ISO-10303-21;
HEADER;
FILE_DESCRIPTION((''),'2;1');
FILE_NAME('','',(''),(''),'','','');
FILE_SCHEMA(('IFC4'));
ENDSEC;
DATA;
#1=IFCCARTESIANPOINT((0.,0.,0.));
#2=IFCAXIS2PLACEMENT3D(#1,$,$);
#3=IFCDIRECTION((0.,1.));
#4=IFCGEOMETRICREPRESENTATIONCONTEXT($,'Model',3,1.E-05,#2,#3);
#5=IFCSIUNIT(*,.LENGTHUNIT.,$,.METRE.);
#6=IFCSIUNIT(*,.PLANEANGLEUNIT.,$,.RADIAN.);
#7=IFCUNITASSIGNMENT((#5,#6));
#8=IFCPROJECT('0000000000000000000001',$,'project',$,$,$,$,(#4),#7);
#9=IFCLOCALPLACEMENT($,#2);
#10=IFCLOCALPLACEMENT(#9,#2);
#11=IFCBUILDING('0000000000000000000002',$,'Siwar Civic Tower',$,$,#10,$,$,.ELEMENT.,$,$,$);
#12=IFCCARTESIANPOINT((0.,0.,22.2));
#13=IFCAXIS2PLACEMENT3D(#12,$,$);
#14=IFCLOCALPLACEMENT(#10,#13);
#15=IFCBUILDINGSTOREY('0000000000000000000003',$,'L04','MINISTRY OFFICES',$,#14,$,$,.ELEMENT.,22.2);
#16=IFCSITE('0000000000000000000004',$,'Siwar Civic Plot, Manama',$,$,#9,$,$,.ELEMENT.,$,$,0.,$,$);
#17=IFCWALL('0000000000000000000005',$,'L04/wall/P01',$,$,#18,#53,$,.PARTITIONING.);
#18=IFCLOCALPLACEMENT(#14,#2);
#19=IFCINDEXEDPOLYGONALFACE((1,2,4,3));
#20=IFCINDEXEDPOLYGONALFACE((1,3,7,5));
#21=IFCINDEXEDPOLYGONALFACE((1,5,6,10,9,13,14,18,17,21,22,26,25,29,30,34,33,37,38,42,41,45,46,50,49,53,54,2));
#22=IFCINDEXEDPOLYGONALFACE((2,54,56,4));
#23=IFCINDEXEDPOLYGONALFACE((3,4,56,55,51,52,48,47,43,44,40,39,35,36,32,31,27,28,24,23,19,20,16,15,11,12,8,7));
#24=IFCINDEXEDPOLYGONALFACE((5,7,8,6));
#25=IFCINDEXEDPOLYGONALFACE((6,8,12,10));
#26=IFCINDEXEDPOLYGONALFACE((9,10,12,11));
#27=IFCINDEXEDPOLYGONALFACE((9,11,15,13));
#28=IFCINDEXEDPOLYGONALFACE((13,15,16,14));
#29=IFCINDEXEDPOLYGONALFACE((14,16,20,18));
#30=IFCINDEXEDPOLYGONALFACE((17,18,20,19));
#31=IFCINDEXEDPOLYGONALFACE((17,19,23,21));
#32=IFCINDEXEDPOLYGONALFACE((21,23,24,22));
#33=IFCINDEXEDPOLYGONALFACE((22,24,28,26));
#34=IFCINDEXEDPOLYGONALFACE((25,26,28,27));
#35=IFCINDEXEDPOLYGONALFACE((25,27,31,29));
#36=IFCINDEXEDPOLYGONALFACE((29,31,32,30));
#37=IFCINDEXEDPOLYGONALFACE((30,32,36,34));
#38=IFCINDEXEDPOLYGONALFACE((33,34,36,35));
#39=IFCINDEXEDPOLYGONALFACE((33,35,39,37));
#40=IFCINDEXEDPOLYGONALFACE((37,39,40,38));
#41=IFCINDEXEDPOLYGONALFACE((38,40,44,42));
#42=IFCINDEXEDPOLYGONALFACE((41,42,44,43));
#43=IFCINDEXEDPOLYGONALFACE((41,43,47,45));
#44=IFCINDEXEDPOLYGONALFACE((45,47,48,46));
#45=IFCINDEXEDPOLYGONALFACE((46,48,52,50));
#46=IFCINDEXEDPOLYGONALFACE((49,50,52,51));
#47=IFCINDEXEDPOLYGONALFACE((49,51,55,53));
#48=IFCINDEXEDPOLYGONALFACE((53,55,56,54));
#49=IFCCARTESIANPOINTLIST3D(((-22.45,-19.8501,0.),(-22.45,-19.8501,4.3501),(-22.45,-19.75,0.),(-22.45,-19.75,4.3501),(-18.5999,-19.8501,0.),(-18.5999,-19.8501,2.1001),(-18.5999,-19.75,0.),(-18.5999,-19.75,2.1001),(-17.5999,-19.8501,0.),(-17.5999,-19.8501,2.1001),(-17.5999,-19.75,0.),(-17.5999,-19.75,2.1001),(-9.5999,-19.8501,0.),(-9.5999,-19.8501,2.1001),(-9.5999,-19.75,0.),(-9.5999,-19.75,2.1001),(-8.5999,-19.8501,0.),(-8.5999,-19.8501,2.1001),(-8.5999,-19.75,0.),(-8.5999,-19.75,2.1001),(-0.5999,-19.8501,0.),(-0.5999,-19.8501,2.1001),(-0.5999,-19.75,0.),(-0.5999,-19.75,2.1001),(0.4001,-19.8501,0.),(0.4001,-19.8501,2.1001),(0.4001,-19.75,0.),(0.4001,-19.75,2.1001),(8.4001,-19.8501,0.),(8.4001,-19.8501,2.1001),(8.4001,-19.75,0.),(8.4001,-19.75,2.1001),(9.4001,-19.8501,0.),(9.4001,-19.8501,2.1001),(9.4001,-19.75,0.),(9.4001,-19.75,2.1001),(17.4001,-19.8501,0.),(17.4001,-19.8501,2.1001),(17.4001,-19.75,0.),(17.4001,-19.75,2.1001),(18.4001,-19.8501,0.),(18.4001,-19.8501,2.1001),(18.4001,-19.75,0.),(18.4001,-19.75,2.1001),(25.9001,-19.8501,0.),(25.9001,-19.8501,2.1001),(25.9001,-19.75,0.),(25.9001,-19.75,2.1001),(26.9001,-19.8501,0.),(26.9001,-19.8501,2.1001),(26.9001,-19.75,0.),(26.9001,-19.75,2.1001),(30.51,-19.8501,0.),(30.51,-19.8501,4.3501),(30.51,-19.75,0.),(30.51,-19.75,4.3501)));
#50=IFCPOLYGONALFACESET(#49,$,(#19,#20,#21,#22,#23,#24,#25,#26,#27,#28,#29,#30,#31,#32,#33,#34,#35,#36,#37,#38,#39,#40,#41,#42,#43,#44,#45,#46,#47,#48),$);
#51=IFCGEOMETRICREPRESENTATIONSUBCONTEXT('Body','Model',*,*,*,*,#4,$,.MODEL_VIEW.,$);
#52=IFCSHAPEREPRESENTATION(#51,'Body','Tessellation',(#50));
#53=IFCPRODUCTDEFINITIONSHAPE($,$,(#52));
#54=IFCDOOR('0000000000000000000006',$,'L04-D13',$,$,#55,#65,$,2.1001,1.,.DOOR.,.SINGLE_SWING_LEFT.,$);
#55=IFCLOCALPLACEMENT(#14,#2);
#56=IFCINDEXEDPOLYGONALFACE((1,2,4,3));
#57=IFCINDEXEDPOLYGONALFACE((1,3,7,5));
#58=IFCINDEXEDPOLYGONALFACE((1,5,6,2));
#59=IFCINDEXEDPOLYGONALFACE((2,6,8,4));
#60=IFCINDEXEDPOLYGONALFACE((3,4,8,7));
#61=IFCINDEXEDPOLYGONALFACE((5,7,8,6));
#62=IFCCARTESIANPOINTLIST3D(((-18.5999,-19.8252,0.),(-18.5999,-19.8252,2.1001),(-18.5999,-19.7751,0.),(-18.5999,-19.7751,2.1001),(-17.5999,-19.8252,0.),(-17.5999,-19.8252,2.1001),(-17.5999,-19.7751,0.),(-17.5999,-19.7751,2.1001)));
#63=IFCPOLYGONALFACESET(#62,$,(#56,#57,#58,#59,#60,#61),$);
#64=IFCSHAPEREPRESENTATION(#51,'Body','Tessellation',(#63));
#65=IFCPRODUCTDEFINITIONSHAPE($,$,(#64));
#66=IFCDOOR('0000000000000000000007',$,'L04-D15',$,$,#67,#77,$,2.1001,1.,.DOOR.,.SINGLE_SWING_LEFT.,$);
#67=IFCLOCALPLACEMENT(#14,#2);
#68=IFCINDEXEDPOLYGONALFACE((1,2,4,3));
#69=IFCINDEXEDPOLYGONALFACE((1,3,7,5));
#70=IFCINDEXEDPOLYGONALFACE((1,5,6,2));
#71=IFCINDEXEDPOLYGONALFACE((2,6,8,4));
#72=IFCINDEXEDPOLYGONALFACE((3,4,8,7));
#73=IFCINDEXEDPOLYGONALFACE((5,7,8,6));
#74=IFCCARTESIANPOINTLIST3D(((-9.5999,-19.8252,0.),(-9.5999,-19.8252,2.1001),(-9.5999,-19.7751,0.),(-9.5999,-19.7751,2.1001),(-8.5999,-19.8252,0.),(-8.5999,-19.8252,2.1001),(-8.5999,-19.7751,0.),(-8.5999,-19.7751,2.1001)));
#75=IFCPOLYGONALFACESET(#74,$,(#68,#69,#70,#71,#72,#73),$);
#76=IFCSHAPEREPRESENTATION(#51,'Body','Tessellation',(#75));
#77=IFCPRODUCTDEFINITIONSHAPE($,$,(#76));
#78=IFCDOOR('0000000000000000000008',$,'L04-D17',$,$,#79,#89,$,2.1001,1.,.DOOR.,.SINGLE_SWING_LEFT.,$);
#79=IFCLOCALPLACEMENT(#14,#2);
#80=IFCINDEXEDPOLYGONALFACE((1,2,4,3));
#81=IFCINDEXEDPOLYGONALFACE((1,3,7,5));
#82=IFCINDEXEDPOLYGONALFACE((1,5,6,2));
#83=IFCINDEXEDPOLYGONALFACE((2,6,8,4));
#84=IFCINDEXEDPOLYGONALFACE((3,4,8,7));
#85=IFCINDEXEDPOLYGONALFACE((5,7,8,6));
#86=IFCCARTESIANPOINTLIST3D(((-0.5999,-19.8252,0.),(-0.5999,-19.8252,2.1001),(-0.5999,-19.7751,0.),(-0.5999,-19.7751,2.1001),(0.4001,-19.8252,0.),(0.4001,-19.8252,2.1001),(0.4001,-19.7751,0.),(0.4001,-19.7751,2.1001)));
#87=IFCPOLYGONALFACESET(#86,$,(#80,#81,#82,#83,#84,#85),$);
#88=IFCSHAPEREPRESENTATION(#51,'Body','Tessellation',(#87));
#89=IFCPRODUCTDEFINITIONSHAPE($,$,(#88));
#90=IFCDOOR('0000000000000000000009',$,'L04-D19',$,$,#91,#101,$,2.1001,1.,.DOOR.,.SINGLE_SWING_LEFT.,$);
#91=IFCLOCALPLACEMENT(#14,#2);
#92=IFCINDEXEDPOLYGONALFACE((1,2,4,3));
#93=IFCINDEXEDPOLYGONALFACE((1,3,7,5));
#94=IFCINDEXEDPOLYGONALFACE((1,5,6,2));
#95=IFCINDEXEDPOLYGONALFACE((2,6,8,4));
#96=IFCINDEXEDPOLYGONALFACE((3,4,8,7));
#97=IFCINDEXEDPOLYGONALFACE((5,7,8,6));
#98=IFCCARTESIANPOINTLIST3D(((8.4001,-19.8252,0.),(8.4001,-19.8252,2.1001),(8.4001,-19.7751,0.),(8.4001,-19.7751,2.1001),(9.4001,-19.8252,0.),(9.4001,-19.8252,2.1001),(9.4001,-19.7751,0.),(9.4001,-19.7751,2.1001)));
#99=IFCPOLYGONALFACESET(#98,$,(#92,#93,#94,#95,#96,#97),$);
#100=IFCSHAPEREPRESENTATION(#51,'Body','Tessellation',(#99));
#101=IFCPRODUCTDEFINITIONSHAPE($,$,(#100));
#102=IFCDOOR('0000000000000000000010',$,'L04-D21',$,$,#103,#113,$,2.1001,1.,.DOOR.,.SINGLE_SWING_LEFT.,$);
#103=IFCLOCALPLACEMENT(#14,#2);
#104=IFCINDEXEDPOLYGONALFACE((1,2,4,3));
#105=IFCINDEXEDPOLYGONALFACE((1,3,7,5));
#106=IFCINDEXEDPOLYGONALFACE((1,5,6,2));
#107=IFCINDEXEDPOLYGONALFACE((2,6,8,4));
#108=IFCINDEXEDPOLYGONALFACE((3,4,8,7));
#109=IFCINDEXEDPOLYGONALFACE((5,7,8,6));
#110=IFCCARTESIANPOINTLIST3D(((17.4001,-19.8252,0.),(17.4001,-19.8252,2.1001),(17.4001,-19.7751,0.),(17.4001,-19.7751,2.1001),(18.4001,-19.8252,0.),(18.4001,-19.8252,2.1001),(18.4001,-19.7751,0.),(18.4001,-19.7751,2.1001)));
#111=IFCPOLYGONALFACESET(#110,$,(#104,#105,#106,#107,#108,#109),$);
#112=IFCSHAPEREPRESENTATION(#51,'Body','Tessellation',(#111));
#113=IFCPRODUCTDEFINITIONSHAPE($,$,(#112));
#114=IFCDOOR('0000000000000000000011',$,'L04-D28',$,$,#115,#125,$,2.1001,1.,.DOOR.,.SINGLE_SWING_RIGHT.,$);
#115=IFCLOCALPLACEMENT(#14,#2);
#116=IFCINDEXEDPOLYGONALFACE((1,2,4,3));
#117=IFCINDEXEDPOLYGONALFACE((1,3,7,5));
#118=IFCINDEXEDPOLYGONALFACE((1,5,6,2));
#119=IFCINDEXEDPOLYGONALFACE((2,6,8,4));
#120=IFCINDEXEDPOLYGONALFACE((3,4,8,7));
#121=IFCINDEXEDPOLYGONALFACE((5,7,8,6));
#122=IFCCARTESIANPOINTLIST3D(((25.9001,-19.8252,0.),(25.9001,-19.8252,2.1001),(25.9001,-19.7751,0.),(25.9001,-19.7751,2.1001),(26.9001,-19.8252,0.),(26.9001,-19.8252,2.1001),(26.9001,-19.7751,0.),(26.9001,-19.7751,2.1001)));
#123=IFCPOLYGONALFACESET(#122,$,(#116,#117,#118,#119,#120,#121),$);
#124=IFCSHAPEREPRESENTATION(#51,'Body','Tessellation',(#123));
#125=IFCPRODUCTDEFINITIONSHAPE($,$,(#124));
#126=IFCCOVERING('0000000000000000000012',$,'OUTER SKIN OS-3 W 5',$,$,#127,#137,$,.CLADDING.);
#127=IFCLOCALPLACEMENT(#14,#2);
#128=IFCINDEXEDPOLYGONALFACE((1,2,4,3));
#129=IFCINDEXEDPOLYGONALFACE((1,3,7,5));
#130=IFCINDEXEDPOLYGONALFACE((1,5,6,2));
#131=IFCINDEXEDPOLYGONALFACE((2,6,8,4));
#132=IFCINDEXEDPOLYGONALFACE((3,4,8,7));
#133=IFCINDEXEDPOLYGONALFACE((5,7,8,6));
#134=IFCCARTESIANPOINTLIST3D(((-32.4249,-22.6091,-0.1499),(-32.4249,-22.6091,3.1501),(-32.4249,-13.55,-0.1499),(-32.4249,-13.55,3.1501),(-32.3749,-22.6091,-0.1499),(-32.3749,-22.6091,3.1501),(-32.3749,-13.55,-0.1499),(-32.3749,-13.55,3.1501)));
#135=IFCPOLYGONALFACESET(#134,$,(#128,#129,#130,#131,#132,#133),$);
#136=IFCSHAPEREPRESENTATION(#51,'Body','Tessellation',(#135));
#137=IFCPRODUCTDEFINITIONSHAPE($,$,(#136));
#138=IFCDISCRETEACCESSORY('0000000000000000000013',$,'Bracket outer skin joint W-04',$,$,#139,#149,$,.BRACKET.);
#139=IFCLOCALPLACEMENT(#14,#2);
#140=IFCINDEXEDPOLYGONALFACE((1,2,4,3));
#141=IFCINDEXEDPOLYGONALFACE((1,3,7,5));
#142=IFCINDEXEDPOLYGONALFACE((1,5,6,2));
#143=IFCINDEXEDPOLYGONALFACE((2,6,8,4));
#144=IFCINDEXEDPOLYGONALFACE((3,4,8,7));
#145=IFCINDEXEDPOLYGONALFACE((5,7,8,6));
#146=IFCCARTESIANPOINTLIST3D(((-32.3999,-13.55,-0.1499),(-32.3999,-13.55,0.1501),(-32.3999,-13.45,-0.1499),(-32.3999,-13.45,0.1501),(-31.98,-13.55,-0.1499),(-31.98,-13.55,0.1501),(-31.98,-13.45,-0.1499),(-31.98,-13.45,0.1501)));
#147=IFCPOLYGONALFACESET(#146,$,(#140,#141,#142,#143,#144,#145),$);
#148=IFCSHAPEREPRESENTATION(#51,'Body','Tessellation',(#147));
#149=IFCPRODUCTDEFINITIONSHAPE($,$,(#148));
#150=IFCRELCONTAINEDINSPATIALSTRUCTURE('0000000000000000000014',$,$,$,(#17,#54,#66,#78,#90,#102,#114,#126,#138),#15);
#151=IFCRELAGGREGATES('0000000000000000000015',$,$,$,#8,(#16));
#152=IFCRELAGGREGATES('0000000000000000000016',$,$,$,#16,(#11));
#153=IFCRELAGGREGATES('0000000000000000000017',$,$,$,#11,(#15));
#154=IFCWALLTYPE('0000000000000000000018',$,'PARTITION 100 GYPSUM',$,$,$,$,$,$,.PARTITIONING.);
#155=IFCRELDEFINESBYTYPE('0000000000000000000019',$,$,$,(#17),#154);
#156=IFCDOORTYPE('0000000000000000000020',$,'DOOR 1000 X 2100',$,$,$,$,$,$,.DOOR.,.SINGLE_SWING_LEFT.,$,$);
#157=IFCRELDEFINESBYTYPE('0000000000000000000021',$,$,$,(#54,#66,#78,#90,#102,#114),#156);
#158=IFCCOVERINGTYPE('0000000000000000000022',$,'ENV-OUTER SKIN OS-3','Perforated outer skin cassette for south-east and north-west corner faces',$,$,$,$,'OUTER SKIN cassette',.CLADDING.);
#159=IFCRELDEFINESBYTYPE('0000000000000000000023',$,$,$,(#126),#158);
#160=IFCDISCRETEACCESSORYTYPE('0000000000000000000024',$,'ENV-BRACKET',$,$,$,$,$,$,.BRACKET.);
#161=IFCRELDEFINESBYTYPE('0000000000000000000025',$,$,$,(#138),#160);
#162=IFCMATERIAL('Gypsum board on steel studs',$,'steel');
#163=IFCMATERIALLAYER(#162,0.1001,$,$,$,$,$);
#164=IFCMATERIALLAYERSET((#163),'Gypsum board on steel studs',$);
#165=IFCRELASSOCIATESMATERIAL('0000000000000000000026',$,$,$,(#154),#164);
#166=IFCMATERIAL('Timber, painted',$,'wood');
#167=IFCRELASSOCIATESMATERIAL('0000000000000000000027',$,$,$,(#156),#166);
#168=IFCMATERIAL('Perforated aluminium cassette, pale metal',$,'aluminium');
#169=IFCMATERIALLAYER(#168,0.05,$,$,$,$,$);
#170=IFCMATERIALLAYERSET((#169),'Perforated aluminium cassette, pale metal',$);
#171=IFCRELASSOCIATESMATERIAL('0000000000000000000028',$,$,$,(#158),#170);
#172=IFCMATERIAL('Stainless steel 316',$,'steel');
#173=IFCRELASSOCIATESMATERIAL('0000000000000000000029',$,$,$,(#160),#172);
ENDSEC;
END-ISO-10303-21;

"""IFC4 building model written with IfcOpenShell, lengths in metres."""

from ifc_helpers import new_model, si_unit, direction, frame, frame_2d, origin, origin_2d, place, context, subcontext, project, spatial, rectangle, extrude, material, layer, layer_set, type_object, element, fill, save


model = new_model("IFC4")

# Units and contexts
model_context = context("Model", 3, precision=1e-05, world=origin(), true_north=direction((0.0, 1.0)))
body_context = subcontext(model_context, "Body", "Model", "MODEL_VIEW")
ifc_project = project(units=[si_unit("LENGTHUNIT", "METRE"), si_unit("PLANEANGLEUNIT", "RADIAN")], contexts=[model_context])

# Site, building, storey
site_placement = place(None, origin())
site = spatial("IfcSite", under=ifc_project, at=site_placement, Name="Siwar Civic Plot, Manama", CompositionType="ELEMENT", RefElevation=0.0)
building_placement = place(site_placement, origin())
building = spatial("IfcBuilding", under=site, at=building_placement, Name="Siwar Civic Tower", CompositionType="ELEMENT")
storey_placement = place(building_placement, frame((0.0, 0.0, 22.2)))
storey = spatial("IfcBuildingStorey", under=building, at=storey_placement, Name="L04", Description="MINISTRY OFFICES", CompositionType="ELEMENT", Elevation=22.2)

# Wall, openings, doors
ifc_material_1 = material(Name="Gypsum board on steel studs", Category="steel")
ifc_layer_1 = layer(ifc_material_1, 0.1001)
ifc_layer_set_1 = layer_set([ifc_layer_1], Name="Gypsum board on steel studs")
wall_type_1 = type_object("IfcWallType", Name="PARTITION 100 GYPSUM", PredefinedType="PARTITIONING", material=ifc_layer_set_1)
wall_1_placement = place(storey_placement, frame((-22.45, -19.8, 0.0), z_axis=(0.0, 0.0, 1.0), x_axis=(1.0, 0.0, 0.0)))
wall_1 = element("IfcWall", 1, at=wall_1_placement, inside=storey, type_object=wall_type_1, Name="L04/wall/P01", PredefinedType="PARTITIONING", context=body_context, shape_type="SweptSolid", body=[
    extrude(rectangle(XDim=52.96, YDim=0.1001, at=frame_2d((26.48, 0.0))), origin(), (0.0, 0.0, 1.0), 4.3501),
])
opening_1_placement = place(wall_1_placement, frame((3.8501, 0.0, 0.0)))
opening_1 = element("IfcOpeningElement", 2, at=opening_1_placement, cuts=wall_1, PredefinedType="OPENING", context=body_context, shape_type="SweptSolid", body=[
    extrude(rectangle(XDim=1.0, YDim=2.1001, at=frame_2d((0.5, 1.05))), frame((0.0, 0.0601, 0.0), z_axis=(0.0, -1.0, 0.0), x_axis=(1.0, 0.0, 0.0)), (0.0, 0.0, 1.0), 0.1201),
])
opening_2_placement = place(wall_1_placement, frame((12.8501, 0.0, 0.0)))
opening_2 = element("IfcOpeningElement", 3, at=opening_2_placement, cuts=wall_1, PredefinedType="OPENING", context=body_context, shape_type="SweptSolid", body=[
    extrude(rectangle(XDim=1.0, YDim=2.1001, at=frame_2d((0.5, 1.05))), frame((0.0, 0.0601, 0.0), z_axis=(0.0, -1.0, 0.0), x_axis=(1.0, 0.0, 0.0)), (0.0, 0.0, 1.0), 0.1201),
])
opening_3_placement = place(wall_1_placement, frame((21.8501, 0.0, 0.0)))
opening_3 = element("IfcOpeningElement", 4, at=opening_3_placement, cuts=wall_1, PredefinedType="OPENING", context=body_context, shape_type="SweptSolid", body=[
    extrude(rectangle(XDim=1.0, YDim=2.1001, at=frame_2d((0.5, 1.05))), frame((0.0, 0.0601, 0.0), z_axis=(0.0, -1.0, 0.0), x_axis=(1.0, 0.0, 0.0)), (0.0, 0.0, 1.0), 0.1201),
])
opening_4_placement = place(wall_1_placement, frame((30.8501, 0.0, 0.0)))
opening_4 = element("IfcOpeningElement", 5, at=opening_4_placement, cuts=wall_1, PredefinedType="OPENING", context=body_context, shape_type="SweptSolid", body=[
    extrude(rectangle(XDim=1.0, YDim=2.1001, at=frame_2d((0.5, 1.05))), frame((0.0, 0.0601, 0.0), z_axis=(0.0, -1.0, 0.0), x_axis=(1.0, 0.0, 0.0)), (0.0, 0.0, 1.0), 0.1201),
])
opening_5_placement = place(wall_1_placement, frame((39.8501, 0.0, 0.0)))
opening_5 = element("IfcOpeningElement", 6, at=opening_5_placement, cuts=wall_1, PredefinedType="OPENING", context=body_context, shape_type="SweptSolid", body=[
    extrude(rectangle(XDim=1.0, YDim=2.1001, at=frame_2d((0.5, 1.05))), frame((0.0, 0.0601, 0.0), z_axis=(0.0, -1.0, 0.0), x_axis=(1.0, 0.0, 0.0)), (0.0, 0.0, 1.0), 0.1201),
])
opening_6_placement = place(wall_1_placement, frame((48.3501, 0.0, 0.0)))
opening_6 = element("IfcOpeningElement", 7, at=opening_6_placement, cuts=wall_1, PredefinedType="OPENING", context=body_context, shape_type="SweptSolid", body=[
    extrude(rectangle(XDim=1.0, YDim=2.1001, at=frame_2d((0.5, 1.05))), frame((0.0, 0.0601, 0.0), z_axis=(0.0, -1.0, 0.0), x_axis=(1.0, 0.0, 0.0)), (0.0, 0.0, 1.0), 0.1201),
])
ifc_material_2 = material(Name="Timber, painted", Category="wood")
door_type_1 = type_object("IfcDoorType", Name="DOOR 1000 X 2100", OperationType="SINGLE_SWING_LEFT", PredefinedType="DOOR", material=ifc_material_2)
door_1_placement = place(opening_1_placement, origin())
door_1 = element("IfcDoor", 8, at=door_1_placement, inside=storey, type_object=door_type_1, Name="L04-D13", OperationType="SINGLE_SWING_LEFT", OverallHeight=2.1001, OverallWidth=1.0, PredefinedType="DOOR", context=body_context, shape_type="SweptSolid", body=[
    extrude(rectangle(XDim=1.0, YDim=2.1001, at=frame_2d((0.5, 1.05))), frame((0.0, 0.0249, 0.0), z_axis=(0.0, -1.0, 0.0), x_axis=(1.0, 0.0, 0.0)), (0.0, 0.0, 1.0), 0.05),
])
fill(opening_1, door_1)
door_2_placement = place(opening_2_placement, origin())
door_2 = element("IfcDoor", 9, at=door_2_placement, inside=storey, type_object=door_type_1, Name="L04-D15", OperationType="SINGLE_SWING_LEFT", OverallHeight=2.1001, OverallWidth=1.0, PredefinedType="DOOR", context=body_context, shape_type="SweptSolid", body=[
    extrude(rectangle(XDim=1.0, YDim=2.1001, at=frame_2d((0.5, 1.05))), frame((0.0, 0.0249, 0.0), z_axis=(0.0, -1.0, 0.0), x_axis=(1.0, 0.0, 0.0)), (0.0, 0.0, 1.0), 0.05),
])
fill(opening_2, door_2)
door_3_placement = place(opening_3_placement, origin())
door_3 = element("IfcDoor", 10, at=door_3_placement, inside=storey, type_object=door_type_1, Name="L04-D17", OperationType="SINGLE_SWING_LEFT", OverallHeight=2.1001, OverallWidth=1.0, PredefinedType="DOOR", context=body_context, shape_type="SweptSolid", body=[
    extrude(rectangle(XDim=1.0, YDim=2.1001, at=frame_2d((0.5, 1.05))), frame((0.0, 0.0249, 0.0), z_axis=(0.0, -1.0, 0.0), x_axis=(1.0, 0.0, 0.0)), (0.0, 0.0, 1.0), 0.05),
])
fill(opening_3, door_3)
door_4_placement = place(opening_4_placement, origin())
door_4 = element("IfcDoor", 11, at=door_4_placement, inside=storey, type_object=door_type_1, Name="L04-D19", OperationType="SINGLE_SWING_LEFT", OverallHeight=2.1001, OverallWidth=1.0, PredefinedType="DOOR", context=body_context, shape_type="SweptSolid", body=[
    extrude(rectangle(XDim=1.0, YDim=2.1001, at=frame_2d((0.5, 1.05))), frame((0.0, 0.0249, 0.0), z_axis=(0.0, -1.0, 0.0), x_axis=(1.0, 0.0, 0.0)), (0.0, 0.0, 1.0), 0.05),
])
fill(opening_4, door_4)
door_5_placement = place(opening_5_placement, origin())
door_5 = element("IfcDoor", 12, at=door_5_placement, inside=storey, type_object=door_type_1, Name="L04-D21", OperationType="SINGLE_SWING_LEFT", OverallHeight=2.1001, OverallWidth=1.0, PredefinedType="DOOR", context=body_context, shape_type="SweptSolid", body=[
    extrude(rectangle(XDim=1.0, YDim=2.1001, at=frame_2d((0.5, 1.05))), frame((0.0, 0.0249, 0.0), z_axis=(0.0, -1.0, 0.0), x_axis=(1.0, 0.0, 0.0)), (0.0, 0.0, 1.0), 0.05),
])
fill(opening_5, door_5)
door_6_placement = place(opening_6_placement, origin())
door_6 = element("IfcDoor", 13, at=door_6_placement, inside=storey, type_object=door_type_1, Name="L04-D28", OperationType="SINGLE_SWING_RIGHT", OverallHeight=2.1001, OverallWidth=1.0, PredefinedType="DOOR", context=body_context, shape_type="SweptSolid", body=[
    extrude(rectangle(XDim=1.0, YDim=2.1001, at=frame_2d((0.5, 1.05))), frame((0.0, 0.0249, 0.0), z_axis=(0.0, -1.0, 0.0), x_axis=(1.0, 0.0, 0.0)), (0.0, 0.0, 1.0), 0.05),
])
fill(opening_6, door_6)

# Covering
ifc_material_3 = material(Name="Perforated aluminium cassette, pale metal", Category="aluminium")
ifc_layer_2 = layer(ifc_material_3, 0.05)
ifc_layer_set_2 = layer_set([ifc_layer_2], Name="Perforated aluminium cassette, pale metal")
covering_type = type_object("IfcCoveringType", Name="ENV-OUTER SKIN OS-3", Description="Perforated outer skin cassette for south-east and north-west corner faces", ElementType="OUTER SKIN cassette", PredefinedType="CLADDING", material=ifc_layer_set_2)
covering_placement = place(storey_placement, frame((-32.3999, -18.0796, -0.1499), z_axis=(0.0, 0.0, 1.0), x_axis=(0.0, -1.0, 0.0)))
element("IfcCovering", 14, at=covering_placement, inside=storey, type_object=covering_type, Name="OUTER SKIN OS-3 W 5", PredefinedType="CLADDING", context=body_context, shape_type="SweptSolid", body=[
    extrude(rectangle(XDim=9.0591, YDim=0.05, at=origin_2d()), origin(), (0.0, 0.0, 1.0), 3.3),
])

# Discrete accessory
ifc_material_4 = material(Name="Stainless steel 316", Category="steel")
discrete_accessory_type = type_object("IfcDiscreteAccessoryType", Name="ENV-BRACKET", PredefinedType="BRACKET", material=ifc_material_4)
discrete_accessory_placement = place(storey_placement, frame((-32.1899, -13.5, -0.1499), z_axis=(0.0, 0.0, 1.0), x_axis=(-1.0, 0.0, 0.0)))
element("IfcDiscreteAccessory", 15, at=discrete_accessory_placement, inside=storey, type_object=discrete_accessory_type, Name="Bracket outer skin joint W-04", PredefinedType="BRACKET", context=body_context, shape_type="SweptSolid", body=[
    extrude(rectangle(XDim=0.4199, YDim=0.1001, at=origin_2d()), origin(), (0.0, 0.0, 1.0), 0.3),
])

save(model, "model.ifc")
